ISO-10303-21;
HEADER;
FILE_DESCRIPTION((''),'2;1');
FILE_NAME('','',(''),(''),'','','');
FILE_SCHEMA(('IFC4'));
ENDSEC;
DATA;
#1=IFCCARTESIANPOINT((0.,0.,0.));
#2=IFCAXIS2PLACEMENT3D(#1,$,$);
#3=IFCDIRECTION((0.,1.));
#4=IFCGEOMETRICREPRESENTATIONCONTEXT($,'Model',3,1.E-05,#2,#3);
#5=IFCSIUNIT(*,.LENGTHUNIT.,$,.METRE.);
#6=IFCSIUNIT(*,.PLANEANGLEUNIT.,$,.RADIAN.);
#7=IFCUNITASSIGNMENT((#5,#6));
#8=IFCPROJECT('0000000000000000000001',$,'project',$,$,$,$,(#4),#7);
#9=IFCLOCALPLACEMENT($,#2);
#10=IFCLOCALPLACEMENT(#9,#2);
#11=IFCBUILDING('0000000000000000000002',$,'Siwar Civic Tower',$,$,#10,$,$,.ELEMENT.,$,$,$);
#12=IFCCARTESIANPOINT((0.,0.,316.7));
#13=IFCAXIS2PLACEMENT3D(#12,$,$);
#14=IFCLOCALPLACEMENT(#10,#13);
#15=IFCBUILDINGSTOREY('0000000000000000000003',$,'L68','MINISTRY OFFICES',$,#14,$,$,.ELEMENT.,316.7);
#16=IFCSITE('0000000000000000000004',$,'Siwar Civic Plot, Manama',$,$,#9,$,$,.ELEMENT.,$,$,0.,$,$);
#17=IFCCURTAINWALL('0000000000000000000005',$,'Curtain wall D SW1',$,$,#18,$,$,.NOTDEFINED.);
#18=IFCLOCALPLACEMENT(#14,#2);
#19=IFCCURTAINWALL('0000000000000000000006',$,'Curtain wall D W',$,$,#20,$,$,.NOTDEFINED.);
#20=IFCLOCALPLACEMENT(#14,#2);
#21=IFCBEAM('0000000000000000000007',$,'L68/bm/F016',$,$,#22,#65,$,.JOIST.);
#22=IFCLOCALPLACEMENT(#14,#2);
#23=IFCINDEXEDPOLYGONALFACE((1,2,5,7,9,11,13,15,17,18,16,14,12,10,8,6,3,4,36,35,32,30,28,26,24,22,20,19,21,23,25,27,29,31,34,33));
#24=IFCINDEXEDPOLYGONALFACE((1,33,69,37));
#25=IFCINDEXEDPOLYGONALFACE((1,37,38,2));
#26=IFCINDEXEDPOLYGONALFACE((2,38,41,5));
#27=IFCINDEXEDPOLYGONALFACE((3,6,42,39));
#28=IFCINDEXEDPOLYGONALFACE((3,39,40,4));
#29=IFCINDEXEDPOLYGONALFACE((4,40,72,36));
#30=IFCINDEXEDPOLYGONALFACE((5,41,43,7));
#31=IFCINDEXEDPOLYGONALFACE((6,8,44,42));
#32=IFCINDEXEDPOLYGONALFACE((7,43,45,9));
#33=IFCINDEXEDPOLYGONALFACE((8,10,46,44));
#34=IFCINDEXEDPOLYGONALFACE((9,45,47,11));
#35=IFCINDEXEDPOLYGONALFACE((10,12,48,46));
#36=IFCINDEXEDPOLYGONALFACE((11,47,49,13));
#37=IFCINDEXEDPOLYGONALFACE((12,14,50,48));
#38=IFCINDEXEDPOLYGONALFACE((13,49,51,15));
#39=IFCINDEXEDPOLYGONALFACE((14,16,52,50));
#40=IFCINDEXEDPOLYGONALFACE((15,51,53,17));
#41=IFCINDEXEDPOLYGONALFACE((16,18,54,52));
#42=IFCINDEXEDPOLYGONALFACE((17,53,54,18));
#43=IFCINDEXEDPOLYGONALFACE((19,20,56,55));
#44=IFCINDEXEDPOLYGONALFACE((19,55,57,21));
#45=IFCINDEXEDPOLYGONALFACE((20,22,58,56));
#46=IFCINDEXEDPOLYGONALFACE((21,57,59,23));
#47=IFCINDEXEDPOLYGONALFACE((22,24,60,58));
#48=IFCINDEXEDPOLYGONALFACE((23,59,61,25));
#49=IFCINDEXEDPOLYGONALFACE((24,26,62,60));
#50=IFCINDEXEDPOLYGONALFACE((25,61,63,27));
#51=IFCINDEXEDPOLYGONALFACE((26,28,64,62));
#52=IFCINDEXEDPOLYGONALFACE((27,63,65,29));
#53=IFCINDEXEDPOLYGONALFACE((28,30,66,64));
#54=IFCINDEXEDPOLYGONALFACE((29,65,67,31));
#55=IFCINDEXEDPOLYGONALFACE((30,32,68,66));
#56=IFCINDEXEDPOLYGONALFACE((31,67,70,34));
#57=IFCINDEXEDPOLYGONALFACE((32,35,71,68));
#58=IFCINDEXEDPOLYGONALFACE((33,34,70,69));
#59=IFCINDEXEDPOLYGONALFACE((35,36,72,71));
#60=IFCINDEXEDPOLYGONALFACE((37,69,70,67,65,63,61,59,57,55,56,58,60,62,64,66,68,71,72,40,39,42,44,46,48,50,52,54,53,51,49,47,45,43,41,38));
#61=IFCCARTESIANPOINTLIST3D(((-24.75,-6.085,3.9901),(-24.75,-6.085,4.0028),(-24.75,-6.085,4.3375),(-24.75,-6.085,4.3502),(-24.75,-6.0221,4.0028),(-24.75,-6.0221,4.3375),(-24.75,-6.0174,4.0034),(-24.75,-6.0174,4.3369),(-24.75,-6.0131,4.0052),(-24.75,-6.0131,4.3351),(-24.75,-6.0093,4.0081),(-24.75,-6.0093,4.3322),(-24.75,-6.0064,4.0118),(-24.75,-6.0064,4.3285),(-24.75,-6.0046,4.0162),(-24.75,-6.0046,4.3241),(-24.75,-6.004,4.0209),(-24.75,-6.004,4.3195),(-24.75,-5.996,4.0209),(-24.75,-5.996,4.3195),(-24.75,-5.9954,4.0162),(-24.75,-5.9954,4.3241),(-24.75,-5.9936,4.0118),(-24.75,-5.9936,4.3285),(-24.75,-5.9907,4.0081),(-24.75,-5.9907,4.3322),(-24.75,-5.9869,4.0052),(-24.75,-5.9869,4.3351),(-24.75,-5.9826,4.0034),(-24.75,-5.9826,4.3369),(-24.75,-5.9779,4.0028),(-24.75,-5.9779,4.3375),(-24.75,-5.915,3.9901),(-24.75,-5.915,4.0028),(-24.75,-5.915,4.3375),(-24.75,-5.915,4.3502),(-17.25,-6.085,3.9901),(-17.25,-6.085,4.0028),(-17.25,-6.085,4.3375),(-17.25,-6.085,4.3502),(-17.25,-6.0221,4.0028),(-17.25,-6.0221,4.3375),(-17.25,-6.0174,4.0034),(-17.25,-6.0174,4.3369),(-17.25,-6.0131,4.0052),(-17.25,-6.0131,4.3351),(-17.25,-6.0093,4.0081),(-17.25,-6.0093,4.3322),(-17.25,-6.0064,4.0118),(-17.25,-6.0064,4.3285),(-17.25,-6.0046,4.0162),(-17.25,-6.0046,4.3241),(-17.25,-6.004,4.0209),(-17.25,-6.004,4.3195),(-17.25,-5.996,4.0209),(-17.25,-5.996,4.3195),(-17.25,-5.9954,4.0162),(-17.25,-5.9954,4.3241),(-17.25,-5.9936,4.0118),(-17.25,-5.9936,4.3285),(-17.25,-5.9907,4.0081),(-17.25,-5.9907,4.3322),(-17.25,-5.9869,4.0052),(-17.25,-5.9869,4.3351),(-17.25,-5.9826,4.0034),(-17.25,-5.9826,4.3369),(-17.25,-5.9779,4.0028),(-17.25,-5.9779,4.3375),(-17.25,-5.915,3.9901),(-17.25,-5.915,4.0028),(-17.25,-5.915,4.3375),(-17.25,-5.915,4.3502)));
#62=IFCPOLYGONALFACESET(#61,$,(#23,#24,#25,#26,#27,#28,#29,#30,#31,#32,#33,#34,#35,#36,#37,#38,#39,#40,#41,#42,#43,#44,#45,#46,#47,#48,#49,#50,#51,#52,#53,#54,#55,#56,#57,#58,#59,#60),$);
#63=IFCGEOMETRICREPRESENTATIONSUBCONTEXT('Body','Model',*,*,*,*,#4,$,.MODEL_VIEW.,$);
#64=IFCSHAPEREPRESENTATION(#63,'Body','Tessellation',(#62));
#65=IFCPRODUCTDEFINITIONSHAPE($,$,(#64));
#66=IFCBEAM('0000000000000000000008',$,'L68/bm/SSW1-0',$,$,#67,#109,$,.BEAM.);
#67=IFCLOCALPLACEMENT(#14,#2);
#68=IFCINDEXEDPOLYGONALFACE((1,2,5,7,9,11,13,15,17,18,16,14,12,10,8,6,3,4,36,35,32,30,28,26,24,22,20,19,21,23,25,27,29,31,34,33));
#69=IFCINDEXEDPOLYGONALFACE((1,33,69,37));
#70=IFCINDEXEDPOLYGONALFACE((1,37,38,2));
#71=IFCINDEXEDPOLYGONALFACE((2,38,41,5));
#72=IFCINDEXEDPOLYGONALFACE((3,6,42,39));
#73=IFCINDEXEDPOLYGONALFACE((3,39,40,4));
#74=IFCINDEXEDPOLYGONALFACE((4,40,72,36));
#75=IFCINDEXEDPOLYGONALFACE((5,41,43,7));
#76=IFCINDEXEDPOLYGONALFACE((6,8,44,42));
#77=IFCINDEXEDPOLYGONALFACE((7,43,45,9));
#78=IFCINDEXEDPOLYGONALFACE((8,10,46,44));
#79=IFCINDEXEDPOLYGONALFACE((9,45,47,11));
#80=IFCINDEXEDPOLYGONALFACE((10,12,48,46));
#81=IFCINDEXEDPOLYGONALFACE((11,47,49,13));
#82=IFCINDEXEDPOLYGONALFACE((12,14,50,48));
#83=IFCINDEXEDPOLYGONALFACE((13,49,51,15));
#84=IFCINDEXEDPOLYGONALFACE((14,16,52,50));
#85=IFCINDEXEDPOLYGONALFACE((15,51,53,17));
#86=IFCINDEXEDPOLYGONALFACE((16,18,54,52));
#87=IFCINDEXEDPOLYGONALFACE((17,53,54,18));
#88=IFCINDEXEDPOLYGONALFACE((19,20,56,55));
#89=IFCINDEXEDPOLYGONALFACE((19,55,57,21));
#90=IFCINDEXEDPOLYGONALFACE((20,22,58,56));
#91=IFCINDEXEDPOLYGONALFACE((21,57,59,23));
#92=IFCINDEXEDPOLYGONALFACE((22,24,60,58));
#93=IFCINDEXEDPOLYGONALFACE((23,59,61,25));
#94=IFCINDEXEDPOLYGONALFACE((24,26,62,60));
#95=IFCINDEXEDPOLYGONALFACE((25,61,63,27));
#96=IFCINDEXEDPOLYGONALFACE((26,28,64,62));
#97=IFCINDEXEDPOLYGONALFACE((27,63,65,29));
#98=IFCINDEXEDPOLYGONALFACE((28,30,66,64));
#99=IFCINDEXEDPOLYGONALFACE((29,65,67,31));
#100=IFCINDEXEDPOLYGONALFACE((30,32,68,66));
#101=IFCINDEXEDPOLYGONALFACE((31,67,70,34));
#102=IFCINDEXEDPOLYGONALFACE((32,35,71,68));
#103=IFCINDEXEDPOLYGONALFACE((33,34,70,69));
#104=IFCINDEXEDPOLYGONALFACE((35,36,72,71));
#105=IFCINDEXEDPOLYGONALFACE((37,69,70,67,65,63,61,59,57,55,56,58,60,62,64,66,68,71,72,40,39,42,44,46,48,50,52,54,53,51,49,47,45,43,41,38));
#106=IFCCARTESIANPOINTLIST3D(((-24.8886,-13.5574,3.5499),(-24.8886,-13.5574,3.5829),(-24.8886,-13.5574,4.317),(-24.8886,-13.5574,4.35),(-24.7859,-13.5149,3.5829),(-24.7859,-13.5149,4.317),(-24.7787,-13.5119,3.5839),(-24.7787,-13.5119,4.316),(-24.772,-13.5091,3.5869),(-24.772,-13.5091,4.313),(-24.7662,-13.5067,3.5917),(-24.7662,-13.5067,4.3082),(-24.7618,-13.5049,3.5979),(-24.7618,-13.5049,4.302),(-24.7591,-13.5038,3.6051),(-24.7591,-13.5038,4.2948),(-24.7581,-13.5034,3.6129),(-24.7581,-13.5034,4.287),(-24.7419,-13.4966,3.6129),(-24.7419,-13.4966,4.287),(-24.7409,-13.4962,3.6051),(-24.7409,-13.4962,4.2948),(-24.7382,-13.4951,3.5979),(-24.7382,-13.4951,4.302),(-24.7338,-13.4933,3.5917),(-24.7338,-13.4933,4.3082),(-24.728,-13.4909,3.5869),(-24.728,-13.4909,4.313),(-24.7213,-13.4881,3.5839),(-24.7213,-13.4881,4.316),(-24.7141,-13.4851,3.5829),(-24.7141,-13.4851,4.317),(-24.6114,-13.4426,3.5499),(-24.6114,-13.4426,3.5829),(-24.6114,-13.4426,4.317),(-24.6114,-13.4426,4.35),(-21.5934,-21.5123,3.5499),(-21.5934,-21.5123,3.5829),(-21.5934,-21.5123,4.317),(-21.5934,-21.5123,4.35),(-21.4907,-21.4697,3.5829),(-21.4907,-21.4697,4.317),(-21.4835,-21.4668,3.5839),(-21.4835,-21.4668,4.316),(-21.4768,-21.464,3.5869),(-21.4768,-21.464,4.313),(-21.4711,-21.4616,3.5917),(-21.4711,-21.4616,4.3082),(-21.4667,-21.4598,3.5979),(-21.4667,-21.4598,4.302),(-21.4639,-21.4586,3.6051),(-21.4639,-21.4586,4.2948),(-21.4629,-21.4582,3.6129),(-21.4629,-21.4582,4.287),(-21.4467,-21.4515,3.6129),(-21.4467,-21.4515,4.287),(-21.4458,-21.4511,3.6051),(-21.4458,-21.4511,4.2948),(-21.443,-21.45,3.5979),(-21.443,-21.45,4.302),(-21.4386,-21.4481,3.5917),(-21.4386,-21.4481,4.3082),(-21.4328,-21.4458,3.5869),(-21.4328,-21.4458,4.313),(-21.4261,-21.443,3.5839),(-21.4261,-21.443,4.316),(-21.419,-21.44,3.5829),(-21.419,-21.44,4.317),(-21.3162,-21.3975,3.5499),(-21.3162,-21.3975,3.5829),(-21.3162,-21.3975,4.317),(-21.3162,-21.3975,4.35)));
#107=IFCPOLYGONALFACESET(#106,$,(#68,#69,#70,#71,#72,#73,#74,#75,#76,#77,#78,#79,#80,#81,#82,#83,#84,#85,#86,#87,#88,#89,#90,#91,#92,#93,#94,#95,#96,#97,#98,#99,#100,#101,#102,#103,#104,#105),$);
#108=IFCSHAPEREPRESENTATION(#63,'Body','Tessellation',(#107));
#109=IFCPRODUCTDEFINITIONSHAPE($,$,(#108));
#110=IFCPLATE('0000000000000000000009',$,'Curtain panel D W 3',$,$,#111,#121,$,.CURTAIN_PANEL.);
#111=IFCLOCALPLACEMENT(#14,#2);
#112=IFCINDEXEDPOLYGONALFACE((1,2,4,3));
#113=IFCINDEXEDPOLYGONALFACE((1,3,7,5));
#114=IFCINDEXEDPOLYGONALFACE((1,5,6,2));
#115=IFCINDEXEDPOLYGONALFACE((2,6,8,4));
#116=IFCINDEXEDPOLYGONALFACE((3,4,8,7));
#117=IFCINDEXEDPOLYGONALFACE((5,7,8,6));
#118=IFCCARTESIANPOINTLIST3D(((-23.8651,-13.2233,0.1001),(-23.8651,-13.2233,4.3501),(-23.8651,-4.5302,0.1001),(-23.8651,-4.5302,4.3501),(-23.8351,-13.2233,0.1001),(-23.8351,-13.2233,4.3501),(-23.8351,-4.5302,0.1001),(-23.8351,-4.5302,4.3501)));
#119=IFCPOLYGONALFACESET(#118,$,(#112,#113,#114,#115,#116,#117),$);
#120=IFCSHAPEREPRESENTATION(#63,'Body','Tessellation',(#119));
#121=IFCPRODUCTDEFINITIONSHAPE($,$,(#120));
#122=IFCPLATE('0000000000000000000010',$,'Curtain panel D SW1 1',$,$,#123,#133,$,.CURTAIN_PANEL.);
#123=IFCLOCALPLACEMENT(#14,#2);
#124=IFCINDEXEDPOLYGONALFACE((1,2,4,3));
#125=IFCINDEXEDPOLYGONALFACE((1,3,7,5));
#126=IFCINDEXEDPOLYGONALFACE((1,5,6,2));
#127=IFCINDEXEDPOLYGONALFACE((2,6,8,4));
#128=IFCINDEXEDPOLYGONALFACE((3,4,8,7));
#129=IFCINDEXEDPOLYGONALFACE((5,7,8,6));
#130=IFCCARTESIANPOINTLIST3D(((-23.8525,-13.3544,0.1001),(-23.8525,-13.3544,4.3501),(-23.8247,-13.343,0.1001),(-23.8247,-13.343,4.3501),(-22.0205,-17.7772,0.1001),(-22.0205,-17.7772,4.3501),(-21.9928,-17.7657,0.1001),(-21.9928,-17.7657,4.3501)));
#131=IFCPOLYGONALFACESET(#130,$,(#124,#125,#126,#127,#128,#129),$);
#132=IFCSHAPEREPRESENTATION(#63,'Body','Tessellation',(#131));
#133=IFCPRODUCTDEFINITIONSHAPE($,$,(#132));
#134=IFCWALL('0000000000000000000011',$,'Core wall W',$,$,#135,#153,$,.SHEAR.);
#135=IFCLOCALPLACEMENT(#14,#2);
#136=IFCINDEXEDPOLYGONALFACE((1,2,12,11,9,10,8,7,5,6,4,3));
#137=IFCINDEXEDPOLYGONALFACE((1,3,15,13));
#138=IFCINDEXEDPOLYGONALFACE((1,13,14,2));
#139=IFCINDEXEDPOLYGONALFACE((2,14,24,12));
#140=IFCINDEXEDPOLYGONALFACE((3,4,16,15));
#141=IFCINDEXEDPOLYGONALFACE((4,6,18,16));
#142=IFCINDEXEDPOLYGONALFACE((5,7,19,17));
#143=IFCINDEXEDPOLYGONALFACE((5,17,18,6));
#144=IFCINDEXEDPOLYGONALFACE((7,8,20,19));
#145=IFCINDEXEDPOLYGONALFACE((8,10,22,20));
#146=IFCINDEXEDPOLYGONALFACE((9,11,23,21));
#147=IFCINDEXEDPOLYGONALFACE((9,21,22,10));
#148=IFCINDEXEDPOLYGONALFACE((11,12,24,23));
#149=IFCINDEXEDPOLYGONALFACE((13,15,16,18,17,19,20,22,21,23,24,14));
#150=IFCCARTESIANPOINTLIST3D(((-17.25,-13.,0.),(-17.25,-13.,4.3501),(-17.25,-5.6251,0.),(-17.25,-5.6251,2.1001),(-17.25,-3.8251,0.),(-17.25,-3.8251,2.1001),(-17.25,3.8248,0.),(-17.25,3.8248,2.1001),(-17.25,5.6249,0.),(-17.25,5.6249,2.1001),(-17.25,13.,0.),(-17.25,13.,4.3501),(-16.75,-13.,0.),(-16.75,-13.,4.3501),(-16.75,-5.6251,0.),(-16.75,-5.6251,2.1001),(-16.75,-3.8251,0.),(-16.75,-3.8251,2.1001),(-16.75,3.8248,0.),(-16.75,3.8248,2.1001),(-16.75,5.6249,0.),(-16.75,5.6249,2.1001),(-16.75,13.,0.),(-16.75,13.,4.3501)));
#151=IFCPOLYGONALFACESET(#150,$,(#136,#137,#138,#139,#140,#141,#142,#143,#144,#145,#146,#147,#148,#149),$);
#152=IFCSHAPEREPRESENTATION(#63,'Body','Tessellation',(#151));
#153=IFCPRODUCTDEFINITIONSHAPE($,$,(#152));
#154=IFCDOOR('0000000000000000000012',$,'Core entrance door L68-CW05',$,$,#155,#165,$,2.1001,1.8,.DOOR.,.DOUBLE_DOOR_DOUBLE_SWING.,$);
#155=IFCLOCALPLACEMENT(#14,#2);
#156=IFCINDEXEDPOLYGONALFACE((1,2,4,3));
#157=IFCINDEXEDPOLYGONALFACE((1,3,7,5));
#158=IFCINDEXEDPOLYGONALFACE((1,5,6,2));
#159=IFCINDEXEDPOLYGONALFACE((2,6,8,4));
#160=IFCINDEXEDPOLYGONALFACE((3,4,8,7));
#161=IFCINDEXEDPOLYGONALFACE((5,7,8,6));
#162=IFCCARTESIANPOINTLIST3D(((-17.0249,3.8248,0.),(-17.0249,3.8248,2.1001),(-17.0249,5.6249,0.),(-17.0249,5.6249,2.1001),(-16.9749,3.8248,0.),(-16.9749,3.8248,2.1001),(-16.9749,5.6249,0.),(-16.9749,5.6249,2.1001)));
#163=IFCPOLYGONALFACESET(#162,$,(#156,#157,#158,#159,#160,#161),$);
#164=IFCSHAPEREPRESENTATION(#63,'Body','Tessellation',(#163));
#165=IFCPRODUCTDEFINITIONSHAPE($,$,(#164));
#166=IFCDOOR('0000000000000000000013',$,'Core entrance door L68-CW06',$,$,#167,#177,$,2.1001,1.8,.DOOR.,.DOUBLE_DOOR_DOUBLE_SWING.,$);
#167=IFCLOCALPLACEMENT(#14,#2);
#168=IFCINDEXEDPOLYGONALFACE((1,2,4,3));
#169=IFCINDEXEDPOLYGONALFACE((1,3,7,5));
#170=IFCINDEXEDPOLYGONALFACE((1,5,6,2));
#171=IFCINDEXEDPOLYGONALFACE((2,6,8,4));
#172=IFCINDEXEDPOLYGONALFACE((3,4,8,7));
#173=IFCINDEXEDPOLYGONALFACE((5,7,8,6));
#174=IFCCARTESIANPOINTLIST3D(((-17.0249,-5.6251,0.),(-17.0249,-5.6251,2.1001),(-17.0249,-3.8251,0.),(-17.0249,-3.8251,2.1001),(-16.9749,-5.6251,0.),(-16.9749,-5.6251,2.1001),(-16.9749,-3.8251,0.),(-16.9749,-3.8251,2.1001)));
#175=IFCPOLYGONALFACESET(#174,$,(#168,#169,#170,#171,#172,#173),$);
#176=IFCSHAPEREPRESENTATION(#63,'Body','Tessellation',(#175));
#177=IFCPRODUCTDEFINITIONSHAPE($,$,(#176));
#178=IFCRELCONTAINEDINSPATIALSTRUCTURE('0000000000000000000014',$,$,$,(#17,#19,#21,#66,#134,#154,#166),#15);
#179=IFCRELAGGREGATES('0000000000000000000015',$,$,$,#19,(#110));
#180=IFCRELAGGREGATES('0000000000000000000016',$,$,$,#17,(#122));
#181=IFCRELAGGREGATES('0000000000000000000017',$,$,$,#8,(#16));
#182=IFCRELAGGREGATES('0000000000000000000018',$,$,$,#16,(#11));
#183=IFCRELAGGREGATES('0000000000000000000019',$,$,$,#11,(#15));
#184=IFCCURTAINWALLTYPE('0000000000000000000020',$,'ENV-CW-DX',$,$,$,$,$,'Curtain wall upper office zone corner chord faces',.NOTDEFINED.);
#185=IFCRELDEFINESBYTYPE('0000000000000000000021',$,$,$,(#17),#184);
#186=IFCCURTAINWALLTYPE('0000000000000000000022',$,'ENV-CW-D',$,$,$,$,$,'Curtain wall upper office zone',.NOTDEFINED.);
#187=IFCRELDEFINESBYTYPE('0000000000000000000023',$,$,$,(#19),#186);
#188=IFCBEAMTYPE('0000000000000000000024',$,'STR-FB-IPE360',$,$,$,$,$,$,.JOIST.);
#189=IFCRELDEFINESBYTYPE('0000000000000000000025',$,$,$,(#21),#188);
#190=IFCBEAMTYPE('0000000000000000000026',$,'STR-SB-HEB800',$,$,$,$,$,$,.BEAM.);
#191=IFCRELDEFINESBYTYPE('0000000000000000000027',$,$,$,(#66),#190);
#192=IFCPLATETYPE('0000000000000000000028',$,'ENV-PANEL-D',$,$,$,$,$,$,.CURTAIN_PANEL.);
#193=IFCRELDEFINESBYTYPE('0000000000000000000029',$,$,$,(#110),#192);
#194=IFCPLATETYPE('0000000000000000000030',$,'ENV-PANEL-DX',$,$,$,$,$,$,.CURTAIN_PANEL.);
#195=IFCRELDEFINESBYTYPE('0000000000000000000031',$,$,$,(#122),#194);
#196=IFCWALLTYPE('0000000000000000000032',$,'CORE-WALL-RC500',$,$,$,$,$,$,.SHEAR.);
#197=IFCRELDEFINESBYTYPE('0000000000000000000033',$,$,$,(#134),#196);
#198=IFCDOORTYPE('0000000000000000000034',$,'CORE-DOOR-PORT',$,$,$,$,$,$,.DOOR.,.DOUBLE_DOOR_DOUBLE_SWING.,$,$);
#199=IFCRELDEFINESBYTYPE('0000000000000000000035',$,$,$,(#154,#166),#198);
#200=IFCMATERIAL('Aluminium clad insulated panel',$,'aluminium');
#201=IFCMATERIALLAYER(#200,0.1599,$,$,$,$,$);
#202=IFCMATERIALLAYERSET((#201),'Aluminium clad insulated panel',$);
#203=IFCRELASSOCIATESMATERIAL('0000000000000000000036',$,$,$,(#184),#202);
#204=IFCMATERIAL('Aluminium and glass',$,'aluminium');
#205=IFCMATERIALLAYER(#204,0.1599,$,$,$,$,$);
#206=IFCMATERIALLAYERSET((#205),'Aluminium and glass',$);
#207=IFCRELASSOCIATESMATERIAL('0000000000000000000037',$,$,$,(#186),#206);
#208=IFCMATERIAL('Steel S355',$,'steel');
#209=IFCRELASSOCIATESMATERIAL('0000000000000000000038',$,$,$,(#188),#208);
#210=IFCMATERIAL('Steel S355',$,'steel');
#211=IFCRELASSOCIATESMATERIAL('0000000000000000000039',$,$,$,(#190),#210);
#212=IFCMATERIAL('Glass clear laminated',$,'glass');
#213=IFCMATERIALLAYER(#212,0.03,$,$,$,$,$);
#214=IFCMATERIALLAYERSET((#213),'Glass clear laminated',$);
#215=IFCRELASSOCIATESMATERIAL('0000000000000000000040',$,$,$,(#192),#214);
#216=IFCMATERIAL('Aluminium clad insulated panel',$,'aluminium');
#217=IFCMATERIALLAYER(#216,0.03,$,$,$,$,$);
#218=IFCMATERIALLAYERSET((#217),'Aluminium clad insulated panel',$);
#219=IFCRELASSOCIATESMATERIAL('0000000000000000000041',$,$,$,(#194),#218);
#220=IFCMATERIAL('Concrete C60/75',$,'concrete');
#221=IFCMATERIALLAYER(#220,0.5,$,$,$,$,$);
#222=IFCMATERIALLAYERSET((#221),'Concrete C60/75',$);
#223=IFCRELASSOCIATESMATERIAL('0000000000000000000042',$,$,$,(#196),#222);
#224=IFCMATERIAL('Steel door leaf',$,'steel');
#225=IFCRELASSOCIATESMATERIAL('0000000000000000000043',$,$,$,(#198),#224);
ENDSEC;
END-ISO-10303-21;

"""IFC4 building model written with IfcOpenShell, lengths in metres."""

from ifc_helpers import new_model, si_unit, direction, frame, frame_2d, origin, origin_2d, place, context, subcontext, project, spatial, rectangle, i_section, extrude, material, layer, layer_set, material_profile, profile_set, type_object, element, fill, aggregate, save


model = new_model("IFC4")

# Units and contexts
model_context = context("Model", 3, precision=1e-05, world=origin(), true_north=direction((0.0, 1.0)))
body_context = subcontext(model_context, "Body", "Model", "MODEL_VIEW")
ifc_project = project(units=[si_unit("LENGTHUNIT", "METRE"), si_unit("PLANEANGLEUNIT", "RADIAN")], contexts=[model_context])

# Site, building, storey
site_placement = place(None, origin())
site = spatial("IfcSite", under=ifc_project, at=site_placement, Name="Siwar Civic Plot, Manama", CompositionType="ELEMENT", RefElevation=0.0)
building_placement = place(site_placement, origin())
building = spatial("IfcBuilding", under=site, at=building_placement, Name="Siwar Civic Tower", CompositionType="ELEMENT")
storey_placement = place(building_placement, frame((0.0, 0.0, 316.7)))
storey = spatial("IfcBuildingStorey", under=building, at=storey_placement, Name="L68", Description="MINISTRY OFFICES", CompositionType="ELEMENT", Elevation=316.7)

# Curtain walls
ifc_material_1 = material(Name="Aluminium clad insulated panel", Category="aluminium")
ifc_layer_1 = layer(ifc_material_1, 0.1599)
ifc_layer_set_1 = layer_set([ifc_layer_1], Name="Aluminium clad insulated panel")
curtain_wall_type_1 = type_object("IfcCurtainWallType", Name="ENV-CW-DX", ElementType="Curtain wall upper office zone corner chord faces", PredefinedType="NOTDEFINED", material=ifc_layer_set_1)
curtain_wall_1_placement = place(storey_placement, origin())
curtain_wall_1 = element("IfcCurtainWall", 1, at=curtain_wall_1_placement, inside=storey, type_object=curtain_wall_type_1, Name="Curtain wall D SW1", PredefinedType="NOTDEFINED")
ifc_material_2 = material(Name="Aluminium and glass", Category="aluminium")
ifc_layer_2 = layer(ifc_material_2, 0.1599)
ifc_layer_set_2 = layer_set([ifc_layer_2], Name="Aluminium and glass")
curtain_wall_type_2 = type_object("IfcCurtainWallType", Name="ENV-CW-D", ElementType="Curtain wall upper office zone", PredefinedType="NOTDEFINED", material=ifc_layer_set_2)
curtain_wall_2_placement = place(storey_placement, origin())
curtain_wall_2 = element("IfcCurtainWall", 2, at=curtain_wall_2_placement, inside=storey, type_object=curtain_wall_type_2, Name="Curtain wall D W", PredefinedType="NOTDEFINED")

# Beams
ifc_material_3 = material(Name="Steel S355", Category="steel")
ifc_material_profile_1 = material_profile(ifc_material_3, i_section(OverallWidth=0.1699, OverallDepth=0.3601, WebThickness=0.0081, FlangeThickness=0.0127, FilletRadius=0.0181, at=origin_2d()), Name="IPE360")
ifc_profile_set_1 = profile_set([ifc_material_profile_1], Name="Steel S355")
beam_type_1 = type_object("IfcBeamType", Name="STR-FB-IPE360", PredefinedType="JOIST", material=ifc_profile_set_1)
for number, where, z_axis, x_axis, name in (
    (3, (-24.75, -6.0, 4.1702), (1.0, 0.0, 0.0), (0.0, 1.0, 0.0), "L68/bm/F016"),
):
    element("IfcBeam", number, at=place(storey_placement, frame(where, z_axis=z_axis, x_axis=x_axis)), inside=storey, type_object=beam_type_1, Name=name, PredefinedType="JOIST", context=body_context, shape_type="SweptSolid", body=[
        extrude(i_section(OverallWidth=0.1699, OverallDepth=0.3601, WebThickness=0.0081, FlangeThickness=0.0127, FilletRadius=0.0181, at=origin_2d()), origin(), (0.0, 0.0, 1.0), 7.5),
    ])
ifc_material_4 = material(Name="Steel S355", Category="steel")
ifc_material_profile_2 = material_profile(ifc_material_4, i_section(OverallWidth=0.3, OverallDepth=0.8, WebThickness=0.0176, FlangeThickness=0.033, FilletRadius=0.03, at=origin_2d()), Name="HEB800")
ifc_profile_set_2 = profile_set([ifc_material_profile_2], Name="Steel S355")
beam_type_2 = type_object("IfcBeamType", Name="STR-SB-HEB800", PredefinedType="BEAM", material=ifc_profile_set_2)
beam_1_placement = place(storey_placement, frame((-24.75, -13.5, 3.95), z_axis=(0.3827, -0.923873, 0.0), x_axis=(0.923873, 0.3827, 0.0)))
element("IfcBeam", 4, at=beam_1_placement, inside=storey, type_object=beam_type_2, Name="L68/bm/SSW1-0", PredefinedType="BEAM", context=body_context, shape_type="SweptSolid", body=[
    extrude(i_section(OverallWidth=0.3, OverallDepth=0.8, WebThickness=0.0176, FlangeThickness=0.033, FilletRadius=0.03, at=origin_2d()), origin(), (0.0, 0.0, 1.0), 8.6104),
])

# Plates
ifc_material_5 = material(Name="Glass clear laminated", Category="glass")
ifc_layer_3 = layer(ifc_material_5, 0.03)
ifc_layer_set_3 = layer_set([ifc_layer_3], Name="Glass clear laminated")
plate_type_1 = type_object("IfcPlateType", Name="ENV-PANEL-D", PredefinedType="CURTAIN_PANEL", material=ifc_layer_set_3)
plate_1_placement = place(storey_placement, frame((-23.8501, -8.8767, 0.1001), z_axis=(0.0, 0.0, 1.0), x_axis=(0.0, -1.0, 0.0)))
plate_1 = element("IfcPlate", 5, at=plate_1_placement, type_object=plate_type_1, Name="Curtain panel D W 3", PredefinedType="CURTAIN_PANEL", context=body_context, shape_type="SweptSolid", body=[
    extrude(rectangle(XDim=8.6931, YDim=0.03, at=origin_2d()), origin(), (0.0, 0.0, 1.0), 4.25),
])
aggregate(curtain_wall_2, [plate_1])
ifc_material_6 = material(Name="Aluminium clad insulated panel", Category="aluminium")
ifc_layer_4 = layer(ifc_material_6, 0.03)
ifc_layer_set_4 = layer_set([ifc_layer_4], Name="Aluminium clad insulated panel")
plate_type_2 = type_object("IfcPlateType", Name="ENV-PANEL-DX", PredefinedType="CURTAIN_PANEL", material=ifc_layer_set_4)
plate_2_placement = place(storey_placement, frame((-22.9226, -15.5601, 0.1001), z_axis=(0.0, 0.0, 1.0), x_axis=(0.382683, -0.92388, 0.0)))
plate_2 = element("IfcPlate", 6, at=plate_2_placement, type_object=plate_type_2, Name="Curtain panel D SW1 1", PredefinedType="CURTAIN_PANEL", context=body_context, shape_type="SweptSolid", body=[
    extrude(rectangle(XDim=4.7871, YDim=0.03, at=origin_2d()), origin(), (0.0, 0.0, 1.0), 4.25),
])
aggregate(curtain_wall_1, [plate_2])

# Wall, openings, doors
ifc_material_7 = material(Name="Concrete C60/75", Category="concrete")
ifc_layer_5 = layer(ifc_material_7, 0.5)
ifc_layer_set_5 = layer_set([ifc_layer_5], Name="Concrete C60/75")
wall_type_1 = type_object("IfcWallType", Name="CORE-WALL-RC500", PredefinedType="SHEAR", material=ifc_layer_set_5)
wall_1_placement = place(storey_placement, frame((-17.0, -13.0, 0.0), z_axis=(0.0, 0.0, 1.0), x_axis=(0.0, 1.0, 0.0)))
wall_1 = element("IfcWall", 7, at=wall_1_placement, inside=storey, type_object=wall_type_1, Name="Core wall W", PredefinedType="SHEAR", context=body_context, shape_type="SweptSolid", body=[
    extrude(rectangle(XDim=26.0, YDim=0.5, at=frame_2d((13.0, 0.0))), origin(), (0.0, 0.0, 1.0), 4.3501),
])
opening_1_placement = place(wall_1_placement, frame((16.825, 0.0, 0.0)))
opening_1 = element("IfcOpeningElement", 8, at=opening_1_placement, cuts=wall_1, PredefinedType="OPENING", context=body_context, shape_type="SweptSolid", body=[
    extrude(rectangle(XDim=1.8, YDim=2.1001, at=frame_2d((0.8999, 1.05))), frame((0.0, 0.26, 0.0), z_axis=(0.0, -1.0, 0.0), x_axis=(1.0, 0.0, 0.0)), (0.0, 0.0, 1.0), 0.52),
])
opening_2_placement = place(wall_1_placement, frame((7.375, 0.0, 0.0)))
opening_2 = element("IfcOpeningElement", 9, at=opening_2_placement, cuts=wall_1, PredefinedType="OPENING", context=body_context, shape_type="SweptSolid", body=[
    extrude(rectangle(XDim=1.8, YDim=2.1001, at=frame_2d((0.8999, 1.05))), frame((0.0, 0.26, 0.0), z_axis=(0.0, -1.0, 0.0), x_axis=(1.0, 0.0, 0.0)), (0.0, 0.0, 1.0), 0.52),
])
ifc_material_8 = material(Name="Steel door leaf", Category="steel")
door_type_1 = type_object("IfcDoorType", Name="CORE-DOOR-PORT", OperationType="DOUBLE_DOOR_DOUBLE_SWING", PredefinedType="DOOR", material=ifc_material_8)
door_1_placement = place(opening_1_placement, origin())
door_1 = element("IfcDoor", 10, at=door_1_placement, inside=storey, type_object=door_type_1, Name="Core entrance door L68-CW05", OperationType="DOUBLE_DOOR_DOUBLE_SWING", OverallHeight=2.1001, OverallWidth=1.8, PredefinedType="DOOR", context=body_context, shape_type="SweptSolid", body=[
    extrude(rectangle(XDim=1.8, YDim=2.1001, at=frame_2d((0.8999, 1.05))), frame((0.0, 0.0249, 0.0), z_axis=(0.0, -1.0, 0.0), x_axis=(1.0, 0.0, 0.0)), (0.0, 0.0, 1.0), 0.05),
])
fill(opening_1, door_1)
door_2_placement = place(opening_2_placement, origin())
door_2 = element("IfcDoor", 11, at=door_2_placement, inside=storey, type_object=door_type_1, Name="Core entrance door L68-CW06", OperationType="DOUBLE_DOOR_DOUBLE_SWING", OverallHeight=2.1001, OverallWidth=1.8, PredefinedType="DOOR", context=body_context, shape_type="SweptSolid", body=[
    extrude(rectangle(XDim=1.8, YDim=2.1001, at=frame_2d((0.8999, 1.05))), frame((0.0, 0.0249, 0.0), z_axis=(0.0, -1.0, 0.0), x_axis=(1.0, 0.0, 0.0)), (0.0, 0.0, 1.0), 0.05),
])
fill(opening_2, door_2)

save(model, "model.ifc")
